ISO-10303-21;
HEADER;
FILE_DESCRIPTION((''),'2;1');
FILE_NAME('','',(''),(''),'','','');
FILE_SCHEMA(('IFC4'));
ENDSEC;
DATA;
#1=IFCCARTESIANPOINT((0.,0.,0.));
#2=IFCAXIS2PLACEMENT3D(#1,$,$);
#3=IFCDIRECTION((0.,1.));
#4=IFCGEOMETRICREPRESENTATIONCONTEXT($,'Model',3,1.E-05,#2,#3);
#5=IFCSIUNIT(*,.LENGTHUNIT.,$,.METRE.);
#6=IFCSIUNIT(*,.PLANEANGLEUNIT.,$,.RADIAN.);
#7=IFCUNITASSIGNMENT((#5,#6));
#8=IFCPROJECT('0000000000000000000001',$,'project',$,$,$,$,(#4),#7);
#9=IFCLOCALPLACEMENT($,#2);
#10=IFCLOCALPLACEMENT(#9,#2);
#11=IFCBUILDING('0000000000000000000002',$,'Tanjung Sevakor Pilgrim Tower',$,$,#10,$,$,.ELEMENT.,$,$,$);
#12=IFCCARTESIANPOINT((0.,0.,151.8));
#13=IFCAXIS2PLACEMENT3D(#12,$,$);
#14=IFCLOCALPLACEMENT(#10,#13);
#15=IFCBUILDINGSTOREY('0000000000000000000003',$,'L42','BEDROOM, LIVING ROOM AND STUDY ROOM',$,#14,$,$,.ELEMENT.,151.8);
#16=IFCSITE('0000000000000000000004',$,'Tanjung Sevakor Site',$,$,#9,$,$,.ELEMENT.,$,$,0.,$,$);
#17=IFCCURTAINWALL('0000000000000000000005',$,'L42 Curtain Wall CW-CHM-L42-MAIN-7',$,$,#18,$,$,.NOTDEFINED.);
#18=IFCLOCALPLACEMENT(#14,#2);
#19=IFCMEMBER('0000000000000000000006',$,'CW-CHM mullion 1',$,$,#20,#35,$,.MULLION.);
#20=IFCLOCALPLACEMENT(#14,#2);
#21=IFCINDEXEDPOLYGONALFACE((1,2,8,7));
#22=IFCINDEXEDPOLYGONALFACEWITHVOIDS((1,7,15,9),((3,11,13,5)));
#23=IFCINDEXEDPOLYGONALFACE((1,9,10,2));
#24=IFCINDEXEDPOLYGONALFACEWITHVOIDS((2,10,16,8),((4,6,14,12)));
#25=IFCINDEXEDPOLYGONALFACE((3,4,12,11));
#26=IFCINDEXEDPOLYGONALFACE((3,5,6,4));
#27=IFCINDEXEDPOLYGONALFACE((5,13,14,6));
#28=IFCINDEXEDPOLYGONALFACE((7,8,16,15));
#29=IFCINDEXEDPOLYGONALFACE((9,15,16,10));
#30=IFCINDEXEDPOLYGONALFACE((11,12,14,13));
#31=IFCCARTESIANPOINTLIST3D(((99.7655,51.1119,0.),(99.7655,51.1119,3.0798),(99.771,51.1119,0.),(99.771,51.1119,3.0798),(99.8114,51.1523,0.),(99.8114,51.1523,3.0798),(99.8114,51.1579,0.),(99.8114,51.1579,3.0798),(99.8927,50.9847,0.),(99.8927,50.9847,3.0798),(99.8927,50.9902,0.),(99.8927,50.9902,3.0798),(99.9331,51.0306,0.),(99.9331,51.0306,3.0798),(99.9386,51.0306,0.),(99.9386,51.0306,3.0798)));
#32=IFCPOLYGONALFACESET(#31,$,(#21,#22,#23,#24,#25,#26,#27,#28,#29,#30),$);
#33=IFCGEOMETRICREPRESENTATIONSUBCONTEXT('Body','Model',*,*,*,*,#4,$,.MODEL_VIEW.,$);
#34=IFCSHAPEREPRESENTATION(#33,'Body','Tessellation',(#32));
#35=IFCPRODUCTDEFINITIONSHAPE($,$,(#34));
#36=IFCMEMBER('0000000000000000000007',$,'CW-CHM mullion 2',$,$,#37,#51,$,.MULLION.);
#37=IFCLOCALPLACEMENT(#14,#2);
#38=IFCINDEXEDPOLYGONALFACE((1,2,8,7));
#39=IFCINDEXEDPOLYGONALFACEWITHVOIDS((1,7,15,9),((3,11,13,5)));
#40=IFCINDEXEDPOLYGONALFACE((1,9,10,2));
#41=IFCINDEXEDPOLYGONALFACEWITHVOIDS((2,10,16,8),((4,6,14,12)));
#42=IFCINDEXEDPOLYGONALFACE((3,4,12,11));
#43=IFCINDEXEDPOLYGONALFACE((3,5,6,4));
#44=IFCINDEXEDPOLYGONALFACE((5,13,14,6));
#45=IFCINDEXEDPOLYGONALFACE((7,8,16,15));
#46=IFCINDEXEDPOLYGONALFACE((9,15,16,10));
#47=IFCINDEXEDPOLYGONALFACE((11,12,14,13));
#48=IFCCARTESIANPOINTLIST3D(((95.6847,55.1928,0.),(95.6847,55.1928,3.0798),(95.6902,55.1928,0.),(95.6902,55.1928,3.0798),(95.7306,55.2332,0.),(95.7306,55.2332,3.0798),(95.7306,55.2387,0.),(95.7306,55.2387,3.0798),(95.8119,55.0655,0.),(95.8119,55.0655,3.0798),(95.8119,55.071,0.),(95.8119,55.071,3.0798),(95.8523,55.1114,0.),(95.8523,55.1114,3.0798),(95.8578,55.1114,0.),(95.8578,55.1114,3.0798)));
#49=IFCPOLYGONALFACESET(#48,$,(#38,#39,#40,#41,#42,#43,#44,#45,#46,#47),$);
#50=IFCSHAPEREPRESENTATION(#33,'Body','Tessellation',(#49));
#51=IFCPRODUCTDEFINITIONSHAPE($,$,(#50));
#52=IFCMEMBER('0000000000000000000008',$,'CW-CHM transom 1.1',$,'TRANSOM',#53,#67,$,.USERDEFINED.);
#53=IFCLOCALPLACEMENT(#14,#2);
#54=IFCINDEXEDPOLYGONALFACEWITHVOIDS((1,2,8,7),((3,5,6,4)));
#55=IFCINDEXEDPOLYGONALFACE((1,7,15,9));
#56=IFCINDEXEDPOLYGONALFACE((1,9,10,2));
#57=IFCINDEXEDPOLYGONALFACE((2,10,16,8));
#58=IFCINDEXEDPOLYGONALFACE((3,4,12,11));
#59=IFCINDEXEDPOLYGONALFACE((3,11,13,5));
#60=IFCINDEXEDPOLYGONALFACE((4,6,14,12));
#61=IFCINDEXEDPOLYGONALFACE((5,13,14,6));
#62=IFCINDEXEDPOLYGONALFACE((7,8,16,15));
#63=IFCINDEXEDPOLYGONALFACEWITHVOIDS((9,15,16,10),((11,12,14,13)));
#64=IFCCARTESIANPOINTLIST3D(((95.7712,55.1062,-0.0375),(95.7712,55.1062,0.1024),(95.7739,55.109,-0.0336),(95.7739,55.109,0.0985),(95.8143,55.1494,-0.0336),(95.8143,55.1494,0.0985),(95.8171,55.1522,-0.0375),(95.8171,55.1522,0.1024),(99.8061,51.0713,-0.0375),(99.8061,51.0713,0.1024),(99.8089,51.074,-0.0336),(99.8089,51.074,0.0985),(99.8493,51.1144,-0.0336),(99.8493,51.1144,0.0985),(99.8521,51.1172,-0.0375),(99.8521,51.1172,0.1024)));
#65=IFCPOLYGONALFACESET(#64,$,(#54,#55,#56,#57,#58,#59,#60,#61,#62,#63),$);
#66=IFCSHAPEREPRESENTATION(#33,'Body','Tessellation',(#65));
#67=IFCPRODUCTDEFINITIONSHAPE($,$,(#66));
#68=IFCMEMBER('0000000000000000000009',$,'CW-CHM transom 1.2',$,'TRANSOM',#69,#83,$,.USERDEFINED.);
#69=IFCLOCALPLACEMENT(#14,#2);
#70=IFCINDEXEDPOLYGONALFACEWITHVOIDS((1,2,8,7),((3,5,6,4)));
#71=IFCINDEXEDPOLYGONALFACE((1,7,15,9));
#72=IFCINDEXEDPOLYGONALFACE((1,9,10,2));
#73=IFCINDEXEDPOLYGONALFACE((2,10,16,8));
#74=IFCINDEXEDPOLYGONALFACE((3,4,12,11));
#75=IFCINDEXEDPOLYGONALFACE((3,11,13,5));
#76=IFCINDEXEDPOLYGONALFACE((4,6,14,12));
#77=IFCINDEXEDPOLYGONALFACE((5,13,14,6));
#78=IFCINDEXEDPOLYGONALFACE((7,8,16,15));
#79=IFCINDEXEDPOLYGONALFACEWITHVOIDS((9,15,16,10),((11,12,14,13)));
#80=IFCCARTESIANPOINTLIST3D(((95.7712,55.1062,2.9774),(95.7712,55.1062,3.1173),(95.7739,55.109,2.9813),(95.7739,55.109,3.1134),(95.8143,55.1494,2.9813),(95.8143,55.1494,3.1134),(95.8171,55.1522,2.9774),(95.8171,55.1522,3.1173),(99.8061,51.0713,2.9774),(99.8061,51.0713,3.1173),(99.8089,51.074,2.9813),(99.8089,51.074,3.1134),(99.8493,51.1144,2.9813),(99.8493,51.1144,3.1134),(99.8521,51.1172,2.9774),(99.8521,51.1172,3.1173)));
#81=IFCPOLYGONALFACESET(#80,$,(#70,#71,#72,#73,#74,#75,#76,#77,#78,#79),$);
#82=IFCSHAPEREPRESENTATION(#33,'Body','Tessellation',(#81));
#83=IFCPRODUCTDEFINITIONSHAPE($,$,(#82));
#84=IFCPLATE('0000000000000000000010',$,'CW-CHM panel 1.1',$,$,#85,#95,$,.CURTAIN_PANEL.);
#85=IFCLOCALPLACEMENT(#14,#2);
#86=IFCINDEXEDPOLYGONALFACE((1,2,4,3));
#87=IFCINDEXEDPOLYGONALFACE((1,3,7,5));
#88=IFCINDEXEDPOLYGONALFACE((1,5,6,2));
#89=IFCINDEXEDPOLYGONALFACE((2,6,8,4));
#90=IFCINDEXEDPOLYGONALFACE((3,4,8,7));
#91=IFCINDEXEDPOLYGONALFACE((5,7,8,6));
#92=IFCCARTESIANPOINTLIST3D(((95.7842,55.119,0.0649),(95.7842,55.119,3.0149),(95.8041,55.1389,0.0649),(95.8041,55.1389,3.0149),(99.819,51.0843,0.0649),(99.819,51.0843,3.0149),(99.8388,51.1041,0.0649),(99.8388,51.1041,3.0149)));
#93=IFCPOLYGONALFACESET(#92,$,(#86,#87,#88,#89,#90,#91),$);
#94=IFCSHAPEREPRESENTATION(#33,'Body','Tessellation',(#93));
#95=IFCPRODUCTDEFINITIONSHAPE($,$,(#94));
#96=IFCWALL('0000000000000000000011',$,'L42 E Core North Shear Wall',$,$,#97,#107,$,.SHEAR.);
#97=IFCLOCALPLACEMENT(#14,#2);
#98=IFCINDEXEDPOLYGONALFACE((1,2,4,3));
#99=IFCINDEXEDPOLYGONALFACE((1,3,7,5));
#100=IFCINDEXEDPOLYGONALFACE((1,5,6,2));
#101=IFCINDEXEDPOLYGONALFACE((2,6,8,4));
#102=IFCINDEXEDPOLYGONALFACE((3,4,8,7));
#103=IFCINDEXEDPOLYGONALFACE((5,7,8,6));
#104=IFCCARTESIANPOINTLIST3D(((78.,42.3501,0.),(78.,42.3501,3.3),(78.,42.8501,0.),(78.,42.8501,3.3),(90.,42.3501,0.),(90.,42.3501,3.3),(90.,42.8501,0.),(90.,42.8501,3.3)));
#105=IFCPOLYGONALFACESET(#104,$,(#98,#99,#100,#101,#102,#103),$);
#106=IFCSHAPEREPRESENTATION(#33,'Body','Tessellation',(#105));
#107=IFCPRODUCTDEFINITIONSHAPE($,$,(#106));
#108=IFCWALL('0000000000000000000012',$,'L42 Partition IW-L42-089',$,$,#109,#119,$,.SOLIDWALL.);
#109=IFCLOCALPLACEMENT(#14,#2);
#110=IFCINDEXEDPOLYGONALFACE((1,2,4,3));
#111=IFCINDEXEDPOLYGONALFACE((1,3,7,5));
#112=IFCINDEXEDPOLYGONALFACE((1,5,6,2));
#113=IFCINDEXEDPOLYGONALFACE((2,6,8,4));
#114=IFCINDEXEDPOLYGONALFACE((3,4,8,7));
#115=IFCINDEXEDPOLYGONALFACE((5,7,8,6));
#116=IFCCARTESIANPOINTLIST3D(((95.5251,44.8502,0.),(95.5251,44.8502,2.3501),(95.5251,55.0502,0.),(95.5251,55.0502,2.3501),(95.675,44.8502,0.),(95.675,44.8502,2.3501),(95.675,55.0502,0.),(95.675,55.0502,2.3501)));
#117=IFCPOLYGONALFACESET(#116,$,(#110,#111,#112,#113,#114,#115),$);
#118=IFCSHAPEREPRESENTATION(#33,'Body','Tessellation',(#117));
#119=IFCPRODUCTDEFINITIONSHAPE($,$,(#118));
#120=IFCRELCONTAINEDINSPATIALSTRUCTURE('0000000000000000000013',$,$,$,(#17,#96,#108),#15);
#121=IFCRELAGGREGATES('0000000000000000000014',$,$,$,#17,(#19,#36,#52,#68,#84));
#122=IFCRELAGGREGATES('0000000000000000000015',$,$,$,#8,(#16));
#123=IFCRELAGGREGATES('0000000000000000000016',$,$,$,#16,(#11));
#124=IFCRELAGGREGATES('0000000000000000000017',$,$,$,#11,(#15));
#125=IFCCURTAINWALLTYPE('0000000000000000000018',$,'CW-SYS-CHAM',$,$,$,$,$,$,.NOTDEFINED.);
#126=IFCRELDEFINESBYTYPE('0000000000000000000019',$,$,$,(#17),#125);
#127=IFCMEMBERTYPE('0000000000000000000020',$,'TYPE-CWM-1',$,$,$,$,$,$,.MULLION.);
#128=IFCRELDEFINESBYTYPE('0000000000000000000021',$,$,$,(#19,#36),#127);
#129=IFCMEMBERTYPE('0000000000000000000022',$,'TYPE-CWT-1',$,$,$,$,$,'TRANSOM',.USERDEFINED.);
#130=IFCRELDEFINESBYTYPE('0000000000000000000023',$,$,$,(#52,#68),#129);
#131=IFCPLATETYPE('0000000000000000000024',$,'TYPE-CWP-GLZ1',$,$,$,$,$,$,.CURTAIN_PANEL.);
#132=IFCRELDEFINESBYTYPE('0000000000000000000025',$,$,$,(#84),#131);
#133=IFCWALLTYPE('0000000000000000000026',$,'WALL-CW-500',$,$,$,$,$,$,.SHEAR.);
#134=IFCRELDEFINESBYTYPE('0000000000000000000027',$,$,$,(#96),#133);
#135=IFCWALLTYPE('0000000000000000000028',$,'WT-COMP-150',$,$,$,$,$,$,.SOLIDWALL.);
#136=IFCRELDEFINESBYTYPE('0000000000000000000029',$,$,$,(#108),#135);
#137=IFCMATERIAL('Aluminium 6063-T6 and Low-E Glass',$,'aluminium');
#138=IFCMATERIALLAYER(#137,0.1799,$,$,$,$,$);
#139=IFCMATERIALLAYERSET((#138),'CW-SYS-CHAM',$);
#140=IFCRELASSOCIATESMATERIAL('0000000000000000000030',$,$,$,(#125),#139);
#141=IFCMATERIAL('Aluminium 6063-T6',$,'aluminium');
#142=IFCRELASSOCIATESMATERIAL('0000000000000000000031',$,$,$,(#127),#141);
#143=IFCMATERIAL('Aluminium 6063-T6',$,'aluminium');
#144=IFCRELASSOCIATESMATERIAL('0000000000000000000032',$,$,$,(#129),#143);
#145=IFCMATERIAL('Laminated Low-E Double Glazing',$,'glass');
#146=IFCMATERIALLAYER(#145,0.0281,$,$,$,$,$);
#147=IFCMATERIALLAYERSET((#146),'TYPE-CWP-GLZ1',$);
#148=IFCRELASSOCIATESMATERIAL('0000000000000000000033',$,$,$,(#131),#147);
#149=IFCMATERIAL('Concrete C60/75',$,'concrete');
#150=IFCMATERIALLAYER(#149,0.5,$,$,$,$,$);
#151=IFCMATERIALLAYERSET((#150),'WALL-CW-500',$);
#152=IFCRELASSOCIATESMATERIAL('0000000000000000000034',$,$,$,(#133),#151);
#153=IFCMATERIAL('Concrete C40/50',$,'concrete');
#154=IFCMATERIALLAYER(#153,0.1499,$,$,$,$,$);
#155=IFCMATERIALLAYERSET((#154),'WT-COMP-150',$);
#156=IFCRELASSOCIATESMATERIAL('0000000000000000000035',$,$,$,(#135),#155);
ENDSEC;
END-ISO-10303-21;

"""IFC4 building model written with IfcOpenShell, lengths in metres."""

from ifc_helpers import new_model, si_unit, direction, frame, frame_2d, origin, origin_2d, place, context, subcontext, project, spatial, rectangle, hollow_rectangle, extrude, material, layer, layer_set, material_profile, profile_set, type_object, element, aggregate, save


model = new_model("IFC4")

# Units and contexts
model_context = context("Model", 3, precision=1e-05, world=origin(), true_north=direction((0.0, 1.0)))
body_context = subcontext(model_context, "Body", "Model", "MODEL_VIEW")
ifc_project = project(units=[si_unit("LENGTHUNIT", "METRE"), si_unit("PLANEANGLEUNIT", "RADIAN")], contexts=[model_context])

# Site, building, storey
site_placement = place(None, origin())
site = spatial("IfcSite", under=ifc_project, at=site_placement, Name="Tanjung Sevakor Site", CompositionType="ELEMENT", RefElevation=0.0)
building_placement = place(site_placement, origin())
building = spatial("IfcBuilding", under=site, at=building_placement, Name="Tanjung Sevakor Pilgrim Tower", CompositionType="ELEMENT")
storey_placement = place(building_placement, frame((0.0, 0.0, 151.8)))
storey = spatial("IfcBuildingStorey", under=building, at=storey_placement, Name="L42", Description="BEDROOM, LIVING ROOM AND STUDY ROOM", CompositionType="ELEMENT", Elevation=151.8)

# Curtain wall, members, plate
ifc_material_1 = material(Name="Aluminium 6063-T6 and Low-E Glass", Category="aluminium")
ifc_layer_1 = layer(ifc_material_1, 0.1799)
ifc_layer_set_1 = layer_set([ifc_layer_1], Name="CW-SYS-CHAM")
curtain_wall_type = type_object("IfcCurtainWallType", Name="CW-SYS-CHAM", PredefinedType="NOTDEFINED", material=ifc_layer_set_1)
curtain_wall_placement = place(storey_placement, origin())
curtain_wall = element("IfcCurtainWall", 1, at=curtain_wall_placement, inside=storey, type_object=curtain_wall_type, Name="L42 Curtain Wall CW-CHM-L42-MAIN-7", PredefinedType="NOTDEFINED")
ifc_material_2 = material(Name="Aluminium 6063-T6", Category="aluminium")
ifc_material_profile_1 = material_profile(ifc_material_2, hollow_rectangle(XDim=0.0649, YDim=0.1799, WallThickness=0.0039, at=origin_2d()))
ifc_profile_set_1 = profile_set([ifc_material_profile_1], Name="Aluminium 6063-T6")
member_type_1 = type_object("IfcMemberType", Name="TYPE-CWM-1", PredefinedType="MULLION", material=ifc_profile_set_1)
member_1_placement = place(storey_placement, frame((99.8521, 51.0713, 0.0), z_axis=(0.0, 0.0, 1.0), x_axis=(-0.707107, -0.707107, 0.0)))
member_1 = element("IfcMember", 2, at=member_1_placement, type_object=member_type_1, Name="CW-CHM mullion 1", PredefinedType="MULLION", context=body_context, shape_type="SweptSolid", body=[
    extrude(hollow_rectangle(XDim=0.0649, YDim=0.1799, WallThickness=0.0039, at=origin_2d()), origin(), (0.0, 0.0, 1.0), 3.0798),
])
member_2_placement = place(storey_placement, frame((95.7712, 55.1521, 0.0), z_axis=(0.0, 0.0, 1.0), x_axis=(-0.707107, -0.707107, 0.0)))
member_2 = element("IfcMember", 3, at=member_2_placement, type_object=member_type_1, Name="CW-CHM mullion 2", PredefinedType="MULLION", context=body_context, shape_type="SweptSolid", body=[
    extrude(hollow_rectangle(XDim=0.0649, YDim=0.1799, WallThickness=0.0039, at=origin_2d()), origin(), (0.0, 0.0, 1.0), 3.0798),
])
ifc_material_3 = material(Name="Aluminium 6063-T6", Category="aluminium")
ifc_material_profile_2 = material_profile(ifc_material_3, hollow_rectangle(XDim=0.0649, YDim=0.1399, WallThickness=0.0039, at=origin_2d()))
ifc_profile_set_2 = profile_set([ifc_material_profile_2], Name="Aluminium 6063-T6")
member_type_2 = type_object("IfcMemberType", Name="TYPE-CWT-1", ElementType="TRANSOM", PredefinedType="USERDEFINED", material=ifc_profile_set_2)
member_3_placement = place(storey_placement, frame((99.8291, 51.0942, 0.0325), z_axis=(-0.707107, 0.707107, 0.0), x_axis=(-0.707107, -0.707107, 0.0)))
member_3 = element("IfcMember", 4, at=member_3_placement, type_object=member_type_2, Name="CW-CHM transom 1.1", ObjectType="TRANSOM", PredefinedType="USERDEFINED", context=body_context, shape_type="SweptSolid", body=[
    extrude(hollow_rectangle(XDim=0.0649, YDim=0.1399, WallThickness=0.0039, at=origin_2d()), origin(), (0.0, 0.0, 1.0), 5.7063),
])
member_4_placement = place(storey_placement, frame((99.8291, 51.0942, 3.0474), z_axis=(-0.707107, 0.707107, 0.0), x_axis=(-0.707107, -0.707107, 0.0)))
member_4 = element("IfcMember", 5, at=member_4_placement, type_object=member_type_2, Name="CW-CHM transom 1.2", ObjectType="TRANSOM", PredefinedType="USERDEFINED", context=body_context, shape_type="SweptSolid", body=[
    extrude(hollow_rectangle(XDim=0.0649, YDim=0.1399, WallThickness=0.0039, at=origin_2d()), origin(), (0.0, 0.0, 1.0), 5.7063),
])
ifc_material_4 = material(Name="Laminated Low-E Double Glazing", Category="glass")
ifc_layer_2 = layer(ifc_material_4, 0.0281)
ifc_layer_set_2 = layer_set([ifc_layer_2], Name="TYPE-CWP-GLZ1")
plate_type = type_object("IfcPlateType", Name="TYPE-CWP-GLZ1", PredefinedType="CURTAIN_PANEL", material=ifc_layer_set_2)
plate_placement = place(storey_placement, frame((97.8115, 53.1116, 0.0649), z_axis=(0.0, 0.0, 1.0), x_axis=(-0.707107, 0.707107, 0.0)))
plate = element("IfcPlate", 6, at=plate_placement, type_object=plate_type, Name="CW-CHM panel 1.1", PredefinedType="CURTAIN_PANEL", context=body_context, shape_type="SweptSolid", body=[
    extrude(rectangle(XDim=5.7061, YDim=0.0281, at=origin_2d()), origin(), (0.0, 0.0, 1.0), 2.95),
])
aggregate(curtain_wall, [member_1, member_2, member_3, member_4, plate])

# Walls
ifc_material_5 = material(Name="Concrete C60/75", Category="concrete")
ifc_layer_3 = layer(ifc_material_5, 0.5)
ifc_layer_set_3 = layer_set([ifc_layer_3], Name="WALL-CW-500")
wall_type_1 = type_object("IfcWallType", Name="WALL-CW-500", PredefinedType="SHEAR", material=ifc_layer_set_3)
wall_1_placement = place(storey_placement, frame((90.0, 42.6001, 0.0), z_axis=(0.0, 0.0, 1.0), x_axis=(-1.0, 0.0, 0.0)))
element("IfcWall", 7, at=wall_1_placement, inside=storey, type_object=wall_type_1, Name="L42 E Core North Shear Wall", PredefinedType="SHEAR", context=body_context, shape_type="SweptSolid", body=[
    extrude(rectangle(XDim=12.0, YDim=0.5, at=frame_2d((6.0, 0.0))), origin(), (0.0, 0.0, 1.0), 3.3),
])
ifc_material_6 = material(Name="Concrete C40/50", Category="concrete")
ifc_layer_4 = layer(ifc_material_6, 0.1499)
ifc_layer_set_4 = layer_set([ifc_layer_4], Name="WT-COMP-150")
wall_type_2 = type_object("IfcWallType", Name="WT-COMP-150", PredefinedType="SOLIDWALL", material=ifc_layer_set_4)
wall_2_placement = place(storey_placement, frame((95.6001, 44.8501, 0.0), z_axis=(0.0, 0.0, 1.0), x_axis=(0.0, 1.0, 0.0)))
element("IfcWall", 8, at=wall_2_placement, inside=storey, type_object=wall_type_2, Name="L42 Partition IW-L42-089", PredefinedType="SOLIDWALL", context=body_context, shape_type="SweptSolid", body=[
    extrude(rectangle(XDim=10.2, YDim=0.1499, at=frame_2d((5.1001, 0.0))), origin(), (0.0, 0.0, 1.0), 2.3501),
])

save(model, "model.ifc")
